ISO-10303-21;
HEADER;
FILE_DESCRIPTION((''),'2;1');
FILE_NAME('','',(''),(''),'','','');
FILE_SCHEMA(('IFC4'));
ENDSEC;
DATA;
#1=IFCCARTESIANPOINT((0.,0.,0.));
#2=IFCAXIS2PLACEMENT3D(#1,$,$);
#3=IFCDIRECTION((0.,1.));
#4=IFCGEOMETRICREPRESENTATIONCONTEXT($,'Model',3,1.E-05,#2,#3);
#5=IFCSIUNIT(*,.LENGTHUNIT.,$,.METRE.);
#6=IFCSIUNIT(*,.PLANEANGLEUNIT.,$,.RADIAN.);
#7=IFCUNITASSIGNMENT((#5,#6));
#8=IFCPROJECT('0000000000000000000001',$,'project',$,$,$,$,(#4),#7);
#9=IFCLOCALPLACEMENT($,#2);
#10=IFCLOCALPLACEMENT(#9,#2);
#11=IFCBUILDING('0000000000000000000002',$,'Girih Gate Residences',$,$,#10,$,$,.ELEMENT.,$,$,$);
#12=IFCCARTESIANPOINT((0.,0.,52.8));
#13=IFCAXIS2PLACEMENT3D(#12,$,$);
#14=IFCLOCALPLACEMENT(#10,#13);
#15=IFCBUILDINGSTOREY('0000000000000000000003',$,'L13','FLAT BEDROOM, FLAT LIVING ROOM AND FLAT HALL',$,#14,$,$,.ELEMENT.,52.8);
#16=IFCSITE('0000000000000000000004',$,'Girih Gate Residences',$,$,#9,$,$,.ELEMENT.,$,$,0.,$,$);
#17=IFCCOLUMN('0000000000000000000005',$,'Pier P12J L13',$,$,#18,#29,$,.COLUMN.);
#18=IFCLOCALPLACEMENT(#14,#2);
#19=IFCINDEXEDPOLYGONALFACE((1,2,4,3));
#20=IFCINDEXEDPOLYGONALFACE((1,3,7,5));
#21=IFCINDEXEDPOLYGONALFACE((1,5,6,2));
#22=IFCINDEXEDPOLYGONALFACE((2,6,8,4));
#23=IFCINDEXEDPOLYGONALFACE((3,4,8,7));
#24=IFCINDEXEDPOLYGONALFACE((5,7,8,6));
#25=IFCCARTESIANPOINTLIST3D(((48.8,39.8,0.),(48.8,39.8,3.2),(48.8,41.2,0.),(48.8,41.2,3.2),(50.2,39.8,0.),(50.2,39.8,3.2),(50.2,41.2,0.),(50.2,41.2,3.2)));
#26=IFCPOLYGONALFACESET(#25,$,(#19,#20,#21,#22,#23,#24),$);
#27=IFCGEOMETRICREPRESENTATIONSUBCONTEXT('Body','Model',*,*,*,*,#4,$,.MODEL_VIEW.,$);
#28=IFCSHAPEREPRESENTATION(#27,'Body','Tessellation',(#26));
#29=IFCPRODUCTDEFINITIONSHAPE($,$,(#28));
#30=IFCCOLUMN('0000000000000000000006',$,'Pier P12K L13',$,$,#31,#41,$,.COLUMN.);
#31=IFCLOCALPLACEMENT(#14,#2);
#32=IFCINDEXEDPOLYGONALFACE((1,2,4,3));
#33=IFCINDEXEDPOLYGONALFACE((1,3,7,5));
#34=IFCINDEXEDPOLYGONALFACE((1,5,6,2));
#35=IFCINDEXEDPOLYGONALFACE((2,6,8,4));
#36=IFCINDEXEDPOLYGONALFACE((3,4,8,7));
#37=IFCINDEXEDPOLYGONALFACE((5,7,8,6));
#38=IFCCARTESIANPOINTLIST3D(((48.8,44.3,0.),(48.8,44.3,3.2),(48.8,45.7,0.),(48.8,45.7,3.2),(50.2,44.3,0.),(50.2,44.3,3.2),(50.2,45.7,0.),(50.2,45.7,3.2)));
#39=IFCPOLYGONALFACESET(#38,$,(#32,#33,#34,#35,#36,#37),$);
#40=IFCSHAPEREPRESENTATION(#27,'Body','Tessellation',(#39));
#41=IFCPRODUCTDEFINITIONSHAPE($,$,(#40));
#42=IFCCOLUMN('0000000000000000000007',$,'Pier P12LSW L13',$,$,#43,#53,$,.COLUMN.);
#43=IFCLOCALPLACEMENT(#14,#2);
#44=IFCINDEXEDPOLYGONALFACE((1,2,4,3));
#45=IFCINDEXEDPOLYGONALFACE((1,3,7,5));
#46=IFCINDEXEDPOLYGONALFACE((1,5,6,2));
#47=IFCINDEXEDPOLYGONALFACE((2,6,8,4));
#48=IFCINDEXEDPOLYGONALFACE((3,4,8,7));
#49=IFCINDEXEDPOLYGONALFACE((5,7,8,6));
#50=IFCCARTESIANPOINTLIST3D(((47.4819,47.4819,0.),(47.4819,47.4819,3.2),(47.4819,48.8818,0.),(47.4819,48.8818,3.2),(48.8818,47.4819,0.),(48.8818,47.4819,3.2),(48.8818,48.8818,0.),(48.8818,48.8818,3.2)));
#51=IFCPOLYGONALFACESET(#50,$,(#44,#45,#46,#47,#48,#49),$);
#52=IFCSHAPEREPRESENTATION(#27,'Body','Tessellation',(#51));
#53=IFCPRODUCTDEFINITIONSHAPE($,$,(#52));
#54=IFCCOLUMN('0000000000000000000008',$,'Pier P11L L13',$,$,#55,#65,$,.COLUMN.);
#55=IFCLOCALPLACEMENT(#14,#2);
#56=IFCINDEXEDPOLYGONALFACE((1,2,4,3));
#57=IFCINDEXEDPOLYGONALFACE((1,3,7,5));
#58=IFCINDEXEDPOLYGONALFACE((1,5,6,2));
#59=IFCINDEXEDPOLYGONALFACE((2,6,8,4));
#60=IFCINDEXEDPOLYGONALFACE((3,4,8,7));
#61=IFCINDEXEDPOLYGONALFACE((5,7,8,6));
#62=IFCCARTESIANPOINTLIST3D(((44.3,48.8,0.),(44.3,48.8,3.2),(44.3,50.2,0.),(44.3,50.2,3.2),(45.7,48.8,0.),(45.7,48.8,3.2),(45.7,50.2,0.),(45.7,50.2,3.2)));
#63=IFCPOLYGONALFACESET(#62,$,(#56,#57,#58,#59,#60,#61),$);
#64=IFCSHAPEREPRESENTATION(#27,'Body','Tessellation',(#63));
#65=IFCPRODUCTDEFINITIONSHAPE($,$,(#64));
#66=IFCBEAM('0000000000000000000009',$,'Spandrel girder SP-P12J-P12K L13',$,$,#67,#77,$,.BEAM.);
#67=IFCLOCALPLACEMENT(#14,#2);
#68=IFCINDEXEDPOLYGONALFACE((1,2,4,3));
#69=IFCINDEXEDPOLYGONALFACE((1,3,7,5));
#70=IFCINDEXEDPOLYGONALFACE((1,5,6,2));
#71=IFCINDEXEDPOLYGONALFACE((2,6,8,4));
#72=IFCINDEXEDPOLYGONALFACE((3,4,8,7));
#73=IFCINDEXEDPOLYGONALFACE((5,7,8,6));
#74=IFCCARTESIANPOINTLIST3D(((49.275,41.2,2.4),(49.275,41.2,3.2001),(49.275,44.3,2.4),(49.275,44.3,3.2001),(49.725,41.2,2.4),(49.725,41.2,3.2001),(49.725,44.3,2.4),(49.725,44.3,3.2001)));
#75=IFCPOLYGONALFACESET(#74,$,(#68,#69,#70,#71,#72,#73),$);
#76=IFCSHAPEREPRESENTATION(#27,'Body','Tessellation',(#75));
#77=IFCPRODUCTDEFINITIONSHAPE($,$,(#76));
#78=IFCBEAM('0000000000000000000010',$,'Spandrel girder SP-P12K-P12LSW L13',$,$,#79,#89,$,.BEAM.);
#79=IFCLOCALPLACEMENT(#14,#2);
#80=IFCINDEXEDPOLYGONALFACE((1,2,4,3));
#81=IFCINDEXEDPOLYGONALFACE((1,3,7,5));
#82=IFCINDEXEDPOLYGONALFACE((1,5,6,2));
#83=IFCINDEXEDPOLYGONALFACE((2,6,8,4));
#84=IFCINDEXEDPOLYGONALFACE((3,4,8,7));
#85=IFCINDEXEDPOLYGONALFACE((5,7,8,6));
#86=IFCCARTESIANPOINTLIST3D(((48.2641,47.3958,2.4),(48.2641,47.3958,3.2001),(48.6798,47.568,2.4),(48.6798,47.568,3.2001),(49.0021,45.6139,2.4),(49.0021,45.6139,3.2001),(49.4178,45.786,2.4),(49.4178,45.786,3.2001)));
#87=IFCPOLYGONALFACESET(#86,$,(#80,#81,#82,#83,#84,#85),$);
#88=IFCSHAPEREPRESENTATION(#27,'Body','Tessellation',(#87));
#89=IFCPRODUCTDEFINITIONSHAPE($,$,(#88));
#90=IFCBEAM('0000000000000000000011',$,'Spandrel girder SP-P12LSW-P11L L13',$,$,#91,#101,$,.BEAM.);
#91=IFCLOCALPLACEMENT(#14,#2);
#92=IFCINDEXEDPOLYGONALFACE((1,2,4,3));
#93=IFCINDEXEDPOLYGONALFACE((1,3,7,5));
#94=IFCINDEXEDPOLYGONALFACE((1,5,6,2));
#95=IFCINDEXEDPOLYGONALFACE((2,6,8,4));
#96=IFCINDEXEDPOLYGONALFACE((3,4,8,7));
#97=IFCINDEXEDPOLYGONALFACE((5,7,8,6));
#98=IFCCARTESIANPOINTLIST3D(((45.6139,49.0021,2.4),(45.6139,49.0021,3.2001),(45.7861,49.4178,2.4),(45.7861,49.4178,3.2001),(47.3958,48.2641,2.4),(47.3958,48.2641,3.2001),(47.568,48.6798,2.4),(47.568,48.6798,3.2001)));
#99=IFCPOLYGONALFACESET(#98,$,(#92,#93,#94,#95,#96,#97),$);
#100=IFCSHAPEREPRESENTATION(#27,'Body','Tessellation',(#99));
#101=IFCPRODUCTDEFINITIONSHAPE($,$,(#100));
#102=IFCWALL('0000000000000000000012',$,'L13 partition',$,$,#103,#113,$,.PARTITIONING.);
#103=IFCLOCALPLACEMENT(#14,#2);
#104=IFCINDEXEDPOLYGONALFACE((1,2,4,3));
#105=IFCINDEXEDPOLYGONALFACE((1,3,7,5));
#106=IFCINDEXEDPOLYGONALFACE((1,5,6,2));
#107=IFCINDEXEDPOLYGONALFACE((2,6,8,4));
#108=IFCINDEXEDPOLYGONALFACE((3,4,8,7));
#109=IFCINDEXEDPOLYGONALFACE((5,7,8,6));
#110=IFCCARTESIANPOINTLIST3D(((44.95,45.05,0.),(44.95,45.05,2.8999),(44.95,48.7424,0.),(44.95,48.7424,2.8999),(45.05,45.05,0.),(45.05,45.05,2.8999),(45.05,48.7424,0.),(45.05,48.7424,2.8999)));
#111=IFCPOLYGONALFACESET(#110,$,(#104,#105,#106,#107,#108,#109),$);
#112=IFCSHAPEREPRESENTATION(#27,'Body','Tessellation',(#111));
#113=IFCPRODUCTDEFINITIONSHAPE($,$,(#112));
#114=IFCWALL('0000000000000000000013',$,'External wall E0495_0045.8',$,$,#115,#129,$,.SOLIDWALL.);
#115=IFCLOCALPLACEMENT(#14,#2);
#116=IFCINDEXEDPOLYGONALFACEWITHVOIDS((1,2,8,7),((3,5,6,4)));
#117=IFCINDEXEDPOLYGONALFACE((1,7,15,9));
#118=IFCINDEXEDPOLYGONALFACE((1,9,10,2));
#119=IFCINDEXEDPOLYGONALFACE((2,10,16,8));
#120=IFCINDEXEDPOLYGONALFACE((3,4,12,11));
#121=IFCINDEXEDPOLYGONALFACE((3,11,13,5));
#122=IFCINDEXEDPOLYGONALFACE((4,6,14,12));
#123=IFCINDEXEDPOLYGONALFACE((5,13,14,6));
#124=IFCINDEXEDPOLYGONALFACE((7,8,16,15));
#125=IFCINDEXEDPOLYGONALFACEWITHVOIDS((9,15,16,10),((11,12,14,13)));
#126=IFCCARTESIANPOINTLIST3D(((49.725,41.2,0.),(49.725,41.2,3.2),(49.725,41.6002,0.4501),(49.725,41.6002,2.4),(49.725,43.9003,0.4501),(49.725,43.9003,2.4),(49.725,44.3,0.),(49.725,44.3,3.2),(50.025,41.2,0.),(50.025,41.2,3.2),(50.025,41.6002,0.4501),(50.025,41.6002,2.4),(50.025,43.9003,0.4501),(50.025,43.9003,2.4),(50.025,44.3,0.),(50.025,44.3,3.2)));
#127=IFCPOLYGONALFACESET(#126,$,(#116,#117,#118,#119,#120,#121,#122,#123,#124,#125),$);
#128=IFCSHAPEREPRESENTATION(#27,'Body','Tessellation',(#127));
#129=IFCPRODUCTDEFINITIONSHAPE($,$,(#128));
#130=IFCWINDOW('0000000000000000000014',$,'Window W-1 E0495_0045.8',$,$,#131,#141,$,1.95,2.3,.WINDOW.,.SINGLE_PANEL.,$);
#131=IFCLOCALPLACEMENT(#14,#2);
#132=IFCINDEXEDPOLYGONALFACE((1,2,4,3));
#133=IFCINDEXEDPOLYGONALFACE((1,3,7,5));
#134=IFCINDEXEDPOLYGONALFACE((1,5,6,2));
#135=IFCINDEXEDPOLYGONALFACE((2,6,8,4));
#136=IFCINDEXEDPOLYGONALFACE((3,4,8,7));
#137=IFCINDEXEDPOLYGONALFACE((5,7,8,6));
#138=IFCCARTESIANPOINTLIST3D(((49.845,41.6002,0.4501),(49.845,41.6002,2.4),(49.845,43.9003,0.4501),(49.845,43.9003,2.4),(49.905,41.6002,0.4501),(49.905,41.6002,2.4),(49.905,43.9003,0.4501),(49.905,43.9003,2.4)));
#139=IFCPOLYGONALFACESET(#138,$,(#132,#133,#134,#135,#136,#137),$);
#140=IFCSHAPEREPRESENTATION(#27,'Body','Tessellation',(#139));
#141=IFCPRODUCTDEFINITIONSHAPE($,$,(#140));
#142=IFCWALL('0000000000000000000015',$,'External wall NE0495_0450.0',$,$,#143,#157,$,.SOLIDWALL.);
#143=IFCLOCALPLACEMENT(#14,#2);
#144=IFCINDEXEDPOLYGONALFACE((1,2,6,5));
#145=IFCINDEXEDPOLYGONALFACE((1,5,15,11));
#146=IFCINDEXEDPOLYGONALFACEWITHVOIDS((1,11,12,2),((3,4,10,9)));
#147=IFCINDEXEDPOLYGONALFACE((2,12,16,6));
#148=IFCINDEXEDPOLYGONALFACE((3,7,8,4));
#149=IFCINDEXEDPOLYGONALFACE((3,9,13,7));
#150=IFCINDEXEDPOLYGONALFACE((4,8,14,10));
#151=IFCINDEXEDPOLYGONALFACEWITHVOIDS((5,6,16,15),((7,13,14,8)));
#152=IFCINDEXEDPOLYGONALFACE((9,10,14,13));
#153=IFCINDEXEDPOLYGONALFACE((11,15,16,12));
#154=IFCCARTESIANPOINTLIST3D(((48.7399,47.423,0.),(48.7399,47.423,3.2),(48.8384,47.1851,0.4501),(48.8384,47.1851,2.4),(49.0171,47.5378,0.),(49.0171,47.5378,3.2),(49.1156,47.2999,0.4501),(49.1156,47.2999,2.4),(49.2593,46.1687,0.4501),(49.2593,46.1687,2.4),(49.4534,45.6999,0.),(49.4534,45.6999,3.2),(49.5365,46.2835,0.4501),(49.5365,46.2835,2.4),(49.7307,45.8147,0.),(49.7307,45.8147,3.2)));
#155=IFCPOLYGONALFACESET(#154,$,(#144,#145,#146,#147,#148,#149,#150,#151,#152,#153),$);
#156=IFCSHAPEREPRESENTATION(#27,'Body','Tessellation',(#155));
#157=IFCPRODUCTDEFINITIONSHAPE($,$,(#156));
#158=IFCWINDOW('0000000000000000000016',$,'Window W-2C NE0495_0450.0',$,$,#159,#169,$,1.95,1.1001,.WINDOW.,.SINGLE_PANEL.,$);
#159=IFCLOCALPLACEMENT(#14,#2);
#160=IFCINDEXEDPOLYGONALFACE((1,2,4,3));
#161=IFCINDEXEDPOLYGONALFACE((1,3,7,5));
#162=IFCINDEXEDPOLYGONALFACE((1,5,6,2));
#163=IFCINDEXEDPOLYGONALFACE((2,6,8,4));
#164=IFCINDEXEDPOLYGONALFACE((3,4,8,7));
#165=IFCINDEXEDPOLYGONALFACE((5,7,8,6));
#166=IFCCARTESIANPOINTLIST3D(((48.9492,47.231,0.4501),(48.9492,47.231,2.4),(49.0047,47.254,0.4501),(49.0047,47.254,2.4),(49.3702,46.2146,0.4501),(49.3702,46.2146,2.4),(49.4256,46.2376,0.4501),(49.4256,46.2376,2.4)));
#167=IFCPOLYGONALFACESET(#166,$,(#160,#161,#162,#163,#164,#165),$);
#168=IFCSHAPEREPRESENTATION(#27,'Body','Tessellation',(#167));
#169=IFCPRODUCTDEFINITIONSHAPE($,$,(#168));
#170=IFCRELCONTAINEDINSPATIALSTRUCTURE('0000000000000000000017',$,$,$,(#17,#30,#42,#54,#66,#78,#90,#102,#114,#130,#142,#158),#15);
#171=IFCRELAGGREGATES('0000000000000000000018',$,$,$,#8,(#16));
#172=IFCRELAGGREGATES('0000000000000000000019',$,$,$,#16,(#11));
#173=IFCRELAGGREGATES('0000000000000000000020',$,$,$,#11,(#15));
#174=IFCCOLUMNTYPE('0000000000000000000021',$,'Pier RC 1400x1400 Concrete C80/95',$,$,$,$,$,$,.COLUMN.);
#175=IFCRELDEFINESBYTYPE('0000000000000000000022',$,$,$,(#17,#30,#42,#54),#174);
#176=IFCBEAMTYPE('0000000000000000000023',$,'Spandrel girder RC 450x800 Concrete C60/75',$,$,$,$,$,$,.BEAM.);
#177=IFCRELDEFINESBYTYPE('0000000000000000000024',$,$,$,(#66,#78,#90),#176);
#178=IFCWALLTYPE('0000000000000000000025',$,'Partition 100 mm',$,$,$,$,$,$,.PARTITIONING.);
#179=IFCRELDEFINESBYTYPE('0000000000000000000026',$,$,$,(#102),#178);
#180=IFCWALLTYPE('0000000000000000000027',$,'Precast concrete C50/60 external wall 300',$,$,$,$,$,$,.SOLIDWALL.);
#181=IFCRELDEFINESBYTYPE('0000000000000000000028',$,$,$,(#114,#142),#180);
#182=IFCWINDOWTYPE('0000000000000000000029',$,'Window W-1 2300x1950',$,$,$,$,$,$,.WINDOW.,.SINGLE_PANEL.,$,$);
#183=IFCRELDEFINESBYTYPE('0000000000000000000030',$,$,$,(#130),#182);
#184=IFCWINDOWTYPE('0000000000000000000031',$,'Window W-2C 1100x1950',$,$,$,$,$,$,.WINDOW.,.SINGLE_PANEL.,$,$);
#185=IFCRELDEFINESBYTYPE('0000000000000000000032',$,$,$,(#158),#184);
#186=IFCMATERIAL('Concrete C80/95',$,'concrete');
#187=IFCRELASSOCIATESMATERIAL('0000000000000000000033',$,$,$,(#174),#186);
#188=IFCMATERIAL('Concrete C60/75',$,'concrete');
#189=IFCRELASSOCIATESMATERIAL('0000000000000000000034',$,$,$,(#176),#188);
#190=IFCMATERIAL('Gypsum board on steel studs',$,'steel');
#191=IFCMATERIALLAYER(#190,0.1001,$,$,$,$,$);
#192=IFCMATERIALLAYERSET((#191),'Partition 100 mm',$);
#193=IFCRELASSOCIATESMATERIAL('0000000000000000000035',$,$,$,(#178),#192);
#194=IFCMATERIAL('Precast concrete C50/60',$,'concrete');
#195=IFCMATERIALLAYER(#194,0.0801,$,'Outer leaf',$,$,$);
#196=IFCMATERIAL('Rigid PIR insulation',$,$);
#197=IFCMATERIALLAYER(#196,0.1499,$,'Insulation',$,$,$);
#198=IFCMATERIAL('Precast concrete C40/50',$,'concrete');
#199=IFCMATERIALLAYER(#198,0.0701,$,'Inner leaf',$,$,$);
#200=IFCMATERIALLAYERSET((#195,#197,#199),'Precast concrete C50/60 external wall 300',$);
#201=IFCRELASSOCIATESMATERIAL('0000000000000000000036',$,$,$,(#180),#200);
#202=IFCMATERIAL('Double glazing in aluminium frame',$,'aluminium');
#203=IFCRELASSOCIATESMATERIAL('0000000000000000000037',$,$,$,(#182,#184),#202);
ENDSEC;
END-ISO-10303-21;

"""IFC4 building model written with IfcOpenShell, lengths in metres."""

from ifc_helpers import new_model, si_unit, direction, frame, frame_2d, origin, origin_2d, place, context, subcontext, project, spatial, rectangle, extrude, material, layer, layer_set, material_profile, profile_set, type_object, element, fill, save


model = new_model("IFC4")

# Units and contexts
model_context = context("Model", 3, precision=1e-05, world=origin(), true_north=direction((0.0, 1.0)))
body_context = subcontext(model_context, "Body", "Model", "MODEL_VIEW")
ifc_project = project(units=[si_unit("LENGTHUNIT", "METRE"), si_unit("PLANEANGLEUNIT", "RADIAN")], contexts=[model_context])

# Site, building, storey
site_placement = place(None, origin())
site = spatial("IfcSite", under=ifc_project, at=site_placement, Name="Girih Gate Residences", CompositionType="ELEMENT", RefElevation=0.0)
building_placement = place(site_placement, origin())
building = spatial("IfcBuilding", under=site, at=building_placement, Name="Girih Gate Residences", CompositionType="ELEMENT")
storey_placement = place(building_placement, frame((0.0, 0.0, 52.8)))
storey = spatial("IfcBuildingStorey", under=building, at=storey_placement, Name="L13", Description="FLAT BEDROOM, FLAT LIVING ROOM AND FLAT HALL", CompositionType="ELEMENT", Elevation=52.8)

# Columns
ifc_material_1 = material(Name="Concrete C80/95", Category="concrete")
ifc_material_profile_1 = material_profile(ifc_material_1, rectangle(XDim=1.3999, YDim=1.3999, at=origin_2d()))
ifc_profile_set_1 = profile_set([ifc_material_profile_1], Name="Concrete C80/95")
column_type = type_object("IfcColumnType", Name="Pier RC 1400x1400 Concrete C80/95", PredefinedType="COLUMN", material=ifc_profile_set_1)
for number, where, z_axis, x_axis, name in (
    (1, (49.5, 40.5, 0.0), (0.0, 0.0, 1.0), (1.0, 0.0, 0.0), "Pier P12J L13"),
    (2, (49.5, 45.0, 0.0), (0.0, 0.0, 1.0), (1.0, 0.0, 0.0), "Pier P12K L13"),
    (3, (48.1819, 48.1819, 0.0), (0.0, 0.0, 1.0), (1.0, 0.0, 0.0), "Pier P12LSW L13"),
    (4, (45.0, 49.5, 0.0), (0.0, 0.0, 1.0), (1.0, 0.0, 0.0), "Pier P11L L13"),
):
    element("IfcColumn", number, at=place(storey_placement, frame(where, z_axis=z_axis, x_axis=x_axis)), inside=storey, type_object=column_type, Name=name, PredefinedType="COLUMN", context=body_context, shape_type="SweptSolid", body=[
        extrude(rectangle(XDim=1.3999, YDim=1.3999, at=origin_2d()), origin(), (0.0, 0.0, 1.0), 3.2),
    ])

# Beams
ifc_material_2 = material(Name="Concrete C60/75", Category="concrete")
ifc_material_profile_2 = material_profile(ifc_material_2, rectangle(XDim=0.45, YDim=0.8, at=origin_2d()))
ifc_profile_set_2 = profile_set([ifc_material_profile_2], Name="Concrete C60/75")
beam_type = type_object("IfcBeamType", Name="Spandrel girder RC 450x800 Concrete C60/75", PredefinedType="BEAM", material=ifc_profile_set_2)
beam_placement = place(storey_placement, frame((49.5, 41.2, 2.8), z_axis=(0.0, 1.0, 0.0), x_axis=(-1.0, 0.0, 0.0)))
element("IfcBeam", 5, at=beam_placement, inside=storey, type_object=beam_type, Name="Spandrel girder SP-P12J-P12K L13", PredefinedType="BEAM", context=body_context, shape_type="SweptSolid", body=[
    extrude(rectangle(XDim=0.45, YDim=0.8, at=origin_2d()), origin(), (0.0, 0.0, 1.0), 3.1001),
])
for number, where, z_axis, x_axis, name in (
    (6, (49.21, 45.7, 2.8), (-0.382646, 0.923895, 0.0), (-0.923895, -0.382646, 0.0), "Spandrel girder SP-P12K-P12LSW L13"),
    (7, (47.4819, 48.4719, 2.8), (-0.923895, 0.382646, 0.0), (-0.382646, -0.923895, 0.0), "Spandrel girder SP-P12LSW-P11L L13"),
):
    element("IfcBeam", number, at=place(storey_placement, frame(where, z_axis=z_axis, x_axis=x_axis)), inside=storey, type_object=beam_type, Name=name, PredefinedType="BEAM", context=body_context, shape_type="SweptSolid", body=[
        extrude(rectangle(XDim=0.45, YDim=0.8, at=origin_2d()), origin(), (0.0, 0.0, 1.0), 1.9287),
    ])

# Wall
ifc_material_3 = material(Name="Gypsum board on steel studs", Category="steel")
ifc_layer_1 = layer(ifc_material_3, 0.1001)
ifc_layer_set_1 = layer_set([ifc_layer_1], Name="Partition 100 mm")
wall_type_1 = type_object("IfcWallType", Name="Partition 100 mm", PredefinedType="PARTITIONING", material=ifc_layer_set_1)
wall_1_placement = place(storey_placement, frame((45.0, 45.05, 0.0), z_axis=(0.0, 0.0, 1.0), x_axis=(0.0, 1.0, 0.0)))
element("IfcWall", 8, at=wall_1_placement, inside=storey, type_object=wall_type_1, Name="L13 partition", PredefinedType="PARTITIONING", context=body_context, shape_type="SweptSolid", body=[
    extrude(rectangle(XDim=3.6924, YDim=0.1001, at=frame_2d((1.8462, 0.0))), origin(), (0.0, 0.0, 1.0), 2.8999),
])

# Walls, openings, windows
ifc_material_4 = material(Name="Precast concrete C50/60", Category="concrete")
ifc_layer_2 = layer(ifc_material_4, 0.0801, Name="Outer leaf")
ifc_material_5 = material(Name="Rigid PIR insulation")
ifc_layer_3 = layer(ifc_material_5, 0.1499, Name="Insulation")
ifc_material_6 = material(Name="Precast concrete C40/50", Category="concrete")
ifc_layer_4 = layer(ifc_material_6, 0.0701, Name="Inner leaf")
ifc_layer_set_2 = layer_set([ifc_layer_2, ifc_layer_3, ifc_layer_4], Name="Precast concrete C50/60 external wall 300")
wall_type_2 = type_object("IfcWallType", Name="Precast concrete C50/60 external wall 300", PredefinedType="SOLIDWALL", material=ifc_layer_set_2)
wall_2_placement = place(storey_placement, frame((49.875, 44.3, 0.0), z_axis=(0.0, 0.0, 1.0), x_axis=(0.0, -1.0, 0.0)))
wall_2 = element("IfcWall", 9, at=wall_2_placement, inside=storey, type_object=wall_type_2, Name="External wall E0495_0045.8", PredefinedType="SOLIDWALL", context=body_context, shape_type="SweptSolid", body=[
    extrude(rectangle(XDim=3.1001, YDim=0.3, at=frame_2d((1.55, 0.0))), origin(), (0.0, 0.0, 1.0), 3.2),
])
opening_1_placement = place(wall_2_placement, frame((0.3999, 0.0, 0.45)))
opening_1 = element("IfcOpeningElement", 10, at=opening_1_placement, cuts=wall_2, PredefinedType="OPENING", context=body_context, shape_type="SweptSolid", body=[
    extrude(rectangle(XDim=2.3, YDim=1.95, at=frame_2d((1.1499, 0.9751))), frame((0.0, 0.1599, 0.0), z_axis=(0.0, -1.0, 0.0), x_axis=(1.0, 0.0, 0.0)), (0.0, 0.0, 1.0), 0.3201),
])
ifc_material_7 = material(Name="Double glazing in aluminium frame", Category="aluminium")
window_type_1 = type_object("IfcWindowType", Name="Window W-1 2300x1950", PartitioningType="SINGLE_PANEL", PredefinedType="WINDOW", material=ifc_material_7)
window_1_placement = place(opening_1_placement, origin())
window_1 = element("IfcWindow", 11, at=window_1_placement, inside=storey, type_object=window_type_1, Name="Window W-1 E0495_0045.8", OverallHeight=1.95, OverallWidth=2.3, PartitioningType="SINGLE_PANEL", PredefinedType="WINDOW", context=body_context, shape_type="SweptSolid", body=[
    extrude(rectangle(XDim=2.3, YDim=1.95, at=frame_2d((1.1499, 0.9751))), frame((0.0, 0.03, 0.0), z_axis=(0.0, -1.0, 0.0), x_axis=(1.0, 0.0, 0.0)), (0.0, 0.0, 1.0), 0.0601),
])
fill(opening_1, window_1)
wall_3_placement = place(storey_placement, frame((48.8784, 47.4805, 0.0), z_axis=(0.0, 0.0, 1.0), x_axis=(0.382625, -0.923904, 0.0)))
wall_3 = element("IfcWall", 12, at=wall_3_placement, inside=storey, type_object=wall_type_2, Name="External wall NE0495_0450.0", PredefinedType="SOLIDWALL", context=body_context, shape_type="SweptSolid", body=[
    extrude(rectangle(XDim=1.865, YDim=0.3, at=frame_2d((0.9326, 0.0))), origin(), (0.0, 0.0, 1.0), 3.2),
])
opening_2_placement = place(wall_3_placement, frame((0.2576, 0.0, 0.45)))
opening_2 = element("IfcOpeningElement", 13, at=opening_2_placement, cuts=wall_3, PredefinedType="OPENING", context=body_context, shape_type="SweptSolid", body=[
    extrude(rectangle(XDim=1.1001, YDim=1.95, at=frame_2d((0.55, 0.9751))), frame((0.0, 0.1599, 0.0), z_axis=(0.0, -1.0, 0.0), x_axis=(1.0, 0.0, 0.0)), (0.0, 0.0, 1.0), 0.3201),
])
window_type_2 = type_object("IfcWindowType", Name="Window W-2C 1100x1950", PartitioningType="SINGLE_PANEL", PredefinedType="WINDOW", material=ifc_material_7)
window_2_placement = place(opening_2_placement, origin())
window_2 = element("IfcWindow", 14, at=window_2_placement, inside=storey, type_object=window_type_2, Name="Window W-2C NE0495_0450.0", OverallHeight=1.95, OverallWidth=1.1001, PartitioningType="SINGLE_PANEL", PredefinedType="WINDOW", context=body_context, shape_type="SweptSolid", body=[
    extrude(rectangle(XDim=1.1001, YDim=1.95, at=frame_2d((0.55, 0.9751))), frame((0.0, 0.03, 0.0), z_axis=(0.0, -1.0, 0.0), x_axis=(1.0, 0.0, 0.0)), (0.0, 0.0, 1.0), 0.0601),
])
fill(opening_2, window_2)

save(model, "model.ifc")
